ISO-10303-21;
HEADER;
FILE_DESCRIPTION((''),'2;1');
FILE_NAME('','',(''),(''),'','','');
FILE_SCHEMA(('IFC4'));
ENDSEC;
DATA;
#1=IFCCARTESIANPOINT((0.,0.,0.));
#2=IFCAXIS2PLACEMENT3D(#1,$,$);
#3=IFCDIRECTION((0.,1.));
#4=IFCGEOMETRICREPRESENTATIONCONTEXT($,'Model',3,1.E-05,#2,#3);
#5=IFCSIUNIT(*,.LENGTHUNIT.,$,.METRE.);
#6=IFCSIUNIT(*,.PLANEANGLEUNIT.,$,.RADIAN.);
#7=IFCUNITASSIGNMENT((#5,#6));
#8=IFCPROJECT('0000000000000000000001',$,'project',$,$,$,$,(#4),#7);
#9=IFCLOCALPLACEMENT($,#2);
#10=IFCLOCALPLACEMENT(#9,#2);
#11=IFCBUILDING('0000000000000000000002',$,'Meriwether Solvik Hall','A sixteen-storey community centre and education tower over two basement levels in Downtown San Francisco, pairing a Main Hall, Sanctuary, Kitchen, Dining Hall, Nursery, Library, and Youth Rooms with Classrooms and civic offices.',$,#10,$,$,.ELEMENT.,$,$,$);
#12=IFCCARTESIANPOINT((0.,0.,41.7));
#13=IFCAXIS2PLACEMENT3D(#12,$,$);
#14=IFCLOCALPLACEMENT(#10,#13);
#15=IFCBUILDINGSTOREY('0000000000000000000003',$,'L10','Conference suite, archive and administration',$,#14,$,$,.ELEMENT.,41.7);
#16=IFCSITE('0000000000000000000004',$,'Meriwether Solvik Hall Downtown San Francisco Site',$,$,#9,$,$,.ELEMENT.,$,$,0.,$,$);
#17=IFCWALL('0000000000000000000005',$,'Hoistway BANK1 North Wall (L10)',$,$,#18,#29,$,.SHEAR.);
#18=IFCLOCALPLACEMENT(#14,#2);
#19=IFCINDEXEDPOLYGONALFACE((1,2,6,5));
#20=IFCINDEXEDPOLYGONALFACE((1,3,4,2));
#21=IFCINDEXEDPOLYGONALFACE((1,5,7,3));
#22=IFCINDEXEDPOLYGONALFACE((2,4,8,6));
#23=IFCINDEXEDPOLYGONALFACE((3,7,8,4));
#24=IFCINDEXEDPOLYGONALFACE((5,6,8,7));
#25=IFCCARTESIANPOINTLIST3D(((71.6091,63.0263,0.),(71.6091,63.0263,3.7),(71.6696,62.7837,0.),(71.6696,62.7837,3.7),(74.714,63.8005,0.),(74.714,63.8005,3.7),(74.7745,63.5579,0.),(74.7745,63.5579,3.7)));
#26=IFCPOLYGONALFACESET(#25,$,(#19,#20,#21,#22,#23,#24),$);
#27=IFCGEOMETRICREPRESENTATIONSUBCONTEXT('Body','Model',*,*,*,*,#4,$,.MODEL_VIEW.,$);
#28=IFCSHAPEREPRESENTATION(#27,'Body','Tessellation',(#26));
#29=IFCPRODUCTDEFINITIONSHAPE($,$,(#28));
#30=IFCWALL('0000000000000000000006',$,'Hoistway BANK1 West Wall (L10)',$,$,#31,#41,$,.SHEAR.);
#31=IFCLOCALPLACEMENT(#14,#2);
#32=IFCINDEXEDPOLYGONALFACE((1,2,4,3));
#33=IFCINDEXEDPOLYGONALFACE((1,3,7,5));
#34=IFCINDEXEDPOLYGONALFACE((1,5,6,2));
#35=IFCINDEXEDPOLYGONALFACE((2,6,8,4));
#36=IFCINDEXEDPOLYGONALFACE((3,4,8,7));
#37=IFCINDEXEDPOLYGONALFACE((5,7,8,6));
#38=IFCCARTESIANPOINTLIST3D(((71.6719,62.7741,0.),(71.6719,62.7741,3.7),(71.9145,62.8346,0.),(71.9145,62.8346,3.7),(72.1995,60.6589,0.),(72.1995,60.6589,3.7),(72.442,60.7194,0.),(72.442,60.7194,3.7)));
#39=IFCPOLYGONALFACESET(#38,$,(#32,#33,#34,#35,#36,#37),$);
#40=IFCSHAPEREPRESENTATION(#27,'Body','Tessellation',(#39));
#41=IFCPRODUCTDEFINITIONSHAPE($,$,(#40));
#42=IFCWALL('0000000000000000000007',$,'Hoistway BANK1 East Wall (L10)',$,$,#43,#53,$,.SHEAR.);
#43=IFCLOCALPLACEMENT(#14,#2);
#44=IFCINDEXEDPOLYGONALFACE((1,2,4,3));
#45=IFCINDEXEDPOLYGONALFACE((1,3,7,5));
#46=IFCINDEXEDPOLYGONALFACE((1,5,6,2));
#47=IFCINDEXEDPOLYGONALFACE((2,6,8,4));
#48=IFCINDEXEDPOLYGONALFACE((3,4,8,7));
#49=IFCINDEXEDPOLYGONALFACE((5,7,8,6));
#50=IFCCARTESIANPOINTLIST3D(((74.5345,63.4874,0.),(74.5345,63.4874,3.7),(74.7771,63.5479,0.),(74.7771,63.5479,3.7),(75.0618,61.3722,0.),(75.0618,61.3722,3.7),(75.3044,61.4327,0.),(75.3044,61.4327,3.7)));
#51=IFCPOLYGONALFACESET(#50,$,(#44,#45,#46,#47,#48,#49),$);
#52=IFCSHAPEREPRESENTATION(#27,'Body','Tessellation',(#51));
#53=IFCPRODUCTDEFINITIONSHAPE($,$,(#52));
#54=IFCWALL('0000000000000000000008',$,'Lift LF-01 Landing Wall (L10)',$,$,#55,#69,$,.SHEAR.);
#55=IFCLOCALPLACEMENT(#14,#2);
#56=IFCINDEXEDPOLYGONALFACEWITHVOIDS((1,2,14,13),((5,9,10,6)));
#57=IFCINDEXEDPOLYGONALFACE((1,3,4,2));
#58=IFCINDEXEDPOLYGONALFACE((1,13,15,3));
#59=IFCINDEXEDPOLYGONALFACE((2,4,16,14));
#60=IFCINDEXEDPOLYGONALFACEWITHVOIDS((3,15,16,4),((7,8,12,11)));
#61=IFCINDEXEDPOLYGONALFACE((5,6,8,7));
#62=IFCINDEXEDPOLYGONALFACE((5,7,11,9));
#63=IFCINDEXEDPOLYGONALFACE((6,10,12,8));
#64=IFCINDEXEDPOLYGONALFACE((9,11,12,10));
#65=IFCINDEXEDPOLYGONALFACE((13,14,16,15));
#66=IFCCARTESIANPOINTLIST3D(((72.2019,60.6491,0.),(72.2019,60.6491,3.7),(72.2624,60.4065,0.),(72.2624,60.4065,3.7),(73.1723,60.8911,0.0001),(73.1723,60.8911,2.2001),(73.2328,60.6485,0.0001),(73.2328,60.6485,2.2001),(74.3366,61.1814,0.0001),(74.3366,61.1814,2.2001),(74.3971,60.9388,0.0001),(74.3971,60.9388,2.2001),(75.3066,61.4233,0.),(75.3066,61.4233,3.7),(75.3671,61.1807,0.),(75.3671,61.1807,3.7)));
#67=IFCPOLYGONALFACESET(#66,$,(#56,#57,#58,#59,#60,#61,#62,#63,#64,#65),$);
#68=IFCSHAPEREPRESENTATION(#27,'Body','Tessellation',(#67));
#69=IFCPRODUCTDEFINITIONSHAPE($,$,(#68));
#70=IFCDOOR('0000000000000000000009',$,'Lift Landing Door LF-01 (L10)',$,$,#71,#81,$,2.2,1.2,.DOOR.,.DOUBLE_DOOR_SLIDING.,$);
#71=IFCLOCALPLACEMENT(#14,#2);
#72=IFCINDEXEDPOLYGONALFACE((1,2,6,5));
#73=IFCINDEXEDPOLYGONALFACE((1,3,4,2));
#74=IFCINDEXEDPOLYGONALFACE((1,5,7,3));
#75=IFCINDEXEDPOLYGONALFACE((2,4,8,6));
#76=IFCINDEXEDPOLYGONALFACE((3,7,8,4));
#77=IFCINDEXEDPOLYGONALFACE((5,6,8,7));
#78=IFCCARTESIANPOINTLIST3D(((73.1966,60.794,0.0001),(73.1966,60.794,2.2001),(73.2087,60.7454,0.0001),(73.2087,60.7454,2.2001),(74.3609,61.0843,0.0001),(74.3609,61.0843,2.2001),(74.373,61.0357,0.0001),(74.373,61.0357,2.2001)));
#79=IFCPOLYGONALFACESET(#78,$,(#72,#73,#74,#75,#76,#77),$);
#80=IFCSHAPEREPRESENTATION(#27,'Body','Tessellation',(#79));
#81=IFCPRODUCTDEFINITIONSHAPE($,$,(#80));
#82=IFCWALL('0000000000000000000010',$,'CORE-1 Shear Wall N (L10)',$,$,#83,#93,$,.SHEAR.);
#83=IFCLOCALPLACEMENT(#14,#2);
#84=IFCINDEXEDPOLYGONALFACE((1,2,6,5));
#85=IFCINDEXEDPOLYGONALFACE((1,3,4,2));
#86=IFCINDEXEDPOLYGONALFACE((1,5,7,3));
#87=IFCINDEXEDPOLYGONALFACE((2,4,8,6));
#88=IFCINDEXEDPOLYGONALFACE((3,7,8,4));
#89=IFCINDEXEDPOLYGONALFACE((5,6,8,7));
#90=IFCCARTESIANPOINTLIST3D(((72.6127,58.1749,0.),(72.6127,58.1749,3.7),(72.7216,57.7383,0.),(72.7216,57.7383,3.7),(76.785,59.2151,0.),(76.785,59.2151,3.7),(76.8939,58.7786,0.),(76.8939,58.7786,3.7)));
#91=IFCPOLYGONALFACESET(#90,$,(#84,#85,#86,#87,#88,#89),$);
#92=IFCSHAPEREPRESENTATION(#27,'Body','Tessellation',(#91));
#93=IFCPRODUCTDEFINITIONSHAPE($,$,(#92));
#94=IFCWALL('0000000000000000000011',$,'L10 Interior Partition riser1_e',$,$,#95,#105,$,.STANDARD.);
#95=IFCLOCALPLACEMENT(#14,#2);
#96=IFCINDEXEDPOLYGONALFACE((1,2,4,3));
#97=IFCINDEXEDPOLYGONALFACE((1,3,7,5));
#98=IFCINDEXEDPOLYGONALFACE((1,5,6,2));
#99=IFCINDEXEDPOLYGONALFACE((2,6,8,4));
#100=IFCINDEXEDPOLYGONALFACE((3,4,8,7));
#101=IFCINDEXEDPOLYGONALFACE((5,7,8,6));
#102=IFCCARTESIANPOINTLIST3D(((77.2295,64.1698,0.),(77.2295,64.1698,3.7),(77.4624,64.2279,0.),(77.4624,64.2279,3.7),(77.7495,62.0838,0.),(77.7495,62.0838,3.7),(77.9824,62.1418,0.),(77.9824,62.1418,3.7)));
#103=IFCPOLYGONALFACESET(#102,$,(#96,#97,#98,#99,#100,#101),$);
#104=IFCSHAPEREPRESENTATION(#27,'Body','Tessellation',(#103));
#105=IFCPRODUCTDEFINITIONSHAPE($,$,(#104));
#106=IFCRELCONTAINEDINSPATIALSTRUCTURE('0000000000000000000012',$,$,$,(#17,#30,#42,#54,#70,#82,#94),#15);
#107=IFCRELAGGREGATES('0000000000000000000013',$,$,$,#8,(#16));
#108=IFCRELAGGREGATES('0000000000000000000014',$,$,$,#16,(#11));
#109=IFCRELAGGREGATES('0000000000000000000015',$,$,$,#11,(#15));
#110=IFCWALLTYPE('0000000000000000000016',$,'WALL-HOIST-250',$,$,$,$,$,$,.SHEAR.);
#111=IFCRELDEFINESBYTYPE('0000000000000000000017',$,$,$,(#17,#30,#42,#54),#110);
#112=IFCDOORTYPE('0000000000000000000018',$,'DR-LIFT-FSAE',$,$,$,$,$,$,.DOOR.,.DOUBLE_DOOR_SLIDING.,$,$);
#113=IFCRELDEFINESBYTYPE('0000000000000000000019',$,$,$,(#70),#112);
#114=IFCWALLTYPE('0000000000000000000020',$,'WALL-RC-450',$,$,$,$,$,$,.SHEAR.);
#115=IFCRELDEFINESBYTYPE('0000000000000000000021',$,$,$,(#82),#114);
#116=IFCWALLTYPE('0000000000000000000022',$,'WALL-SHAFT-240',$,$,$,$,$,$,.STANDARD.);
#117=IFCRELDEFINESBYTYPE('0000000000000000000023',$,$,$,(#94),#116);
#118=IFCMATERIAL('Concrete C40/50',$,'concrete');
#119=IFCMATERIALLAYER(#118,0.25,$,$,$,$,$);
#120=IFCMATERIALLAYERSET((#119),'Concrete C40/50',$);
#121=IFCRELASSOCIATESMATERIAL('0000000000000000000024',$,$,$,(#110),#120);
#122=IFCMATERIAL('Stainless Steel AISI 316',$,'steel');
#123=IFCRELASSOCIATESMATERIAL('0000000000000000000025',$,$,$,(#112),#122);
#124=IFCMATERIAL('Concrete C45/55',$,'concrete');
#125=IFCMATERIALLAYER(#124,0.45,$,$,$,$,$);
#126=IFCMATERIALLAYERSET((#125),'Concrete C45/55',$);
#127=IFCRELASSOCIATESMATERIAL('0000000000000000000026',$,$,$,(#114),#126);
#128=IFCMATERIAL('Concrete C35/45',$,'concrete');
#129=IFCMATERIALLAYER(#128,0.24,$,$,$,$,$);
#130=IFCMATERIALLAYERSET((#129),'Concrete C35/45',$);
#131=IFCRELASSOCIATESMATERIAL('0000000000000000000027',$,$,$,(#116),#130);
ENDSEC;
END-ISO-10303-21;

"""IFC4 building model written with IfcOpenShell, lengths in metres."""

from ifc_helpers import new_model, si_unit, direction, frame, frame_2d, origin, place, context, subcontext, project, spatial, rectangle, extrude, material, layer, layer_set, type_object, element, fill, save


model = new_model("IFC4")

# Units and contexts
model_context = context("Model", 3, precision=1e-05, world=origin(), true_north=direction((0.0, 1.0)))
body_context = subcontext(model_context, "Body", "Model", "MODEL_VIEW")
ifc_project = project(units=[si_unit("LENGTHUNIT", "METRE"), si_unit("PLANEANGLEUNIT", "RADIAN")], contexts=[model_context])

# Site, building, storey
site_placement = place(None, origin())
site = spatial("IfcSite", under=ifc_project, at=site_placement, Name="Meriwether Solvik Hall Downtown San Francisco Site", CompositionType="ELEMENT", RefElevation=0.0)
building_placement = place(site_placement, origin())
building = spatial("IfcBuilding", under=site, at=building_placement, Name="Meriwether Solvik Hall", Description="A sixteen-storey community centre and education tower over two basement levels in Downtown San Francisco, pairing a Main Hall, Sanctuary, Kitchen, Dining Hall, Nursery, Library, and Youth Rooms with Classrooms and civic offices.", CompositionType="ELEMENT")
storey_placement = place(building_placement, frame((0.0, 0.0, 41.7)))
storey = spatial("IfcBuildingStorey", under=building, at=storey_placement, Name="L10", Description="Conference suite, archive and administration", CompositionType="ELEMENT", Elevation=41.7)

# Walls
ifc_material_1 = material(Name="Concrete C40/50", Category="concrete")
ifc_layer_1 = layer(ifc_material_1, 0.25)
ifc_layer_set_1 = layer_set([ifc_layer_1], Name="Concrete C40/50")
wall_type_1 = type_object("IfcWallType", Name="WALL-HOIST-250", PredefinedType="SHEAR", material=ifc_layer_set_1)
wall_1_placement = place(storey_placement, frame((74.7444, 63.6792, 0.0), z_axis=(0.0, 0.0, 1.0), x_axis=(-0.970295, -0.241925, 0.0)))
element("IfcWall", 1, at=wall_1_placement, inside=storey, type_object=wall_type_1, Name="Hoistway BANK1 North Wall (L10)", PredefinedType="SHEAR", context=body_context, shape_type="SweptSolid", body=[
    extrude(rectangle(XDim=3.2, YDim=0.25, at=frame_2d((1.6001, 0.0))), origin(), (0.0, 0.0, 1.0), 3.7),
])
for number, where, z_axis, x_axis, name in (
    (2, (71.7932, 62.8042, 0.0), (0.0, 0.0, 1.0), (0.242009, -0.970274, 0.0), "Hoistway BANK1 West Wall (L10)"),
    (3, (75.1831, 61.4026, 0.0), (0.0, 0.0, 1.0), (-0.241903, 0.9703, 0.0), "Hoistway BANK1 East Wall (L10)"),
):
    element("IfcWall", number, at=place(storey_placement, frame(where, z_axis=z_axis, x_axis=x_axis)), inside=storey, type_object=wall_type_1, Name=name, PredefinedType="SHEAR", context=body_context, shape_type="SweptSolid", body=[
        extrude(rectangle(XDim=2.1799, YDim=0.25, at=frame_2d((1.0898, 0.0))), origin(), (0.0, 0.0, 1.0), 3.7),
    ])

# Wall, opening, door
wall_2_placement = place(storey_placement, frame((72.2322, 60.5278, 0.0), z_axis=(0.0, 0.0, 1.0), x_axis=(0.97029, 0.241943, 0.0)))
wall_2 = element("IfcWall", 4, at=wall_2_placement, inside=storey, type_object=wall_type_1, Name="Lift LF-01 Landing Wall (L10)", PredefinedType="SHEAR", context=body_context, shape_type="SweptSolid", body=[
    extrude(rectangle(XDim=3.1997, YDim=0.25, at=frame_2d((1.5999, 0.0))), origin(), (0.0, 0.0, 1.0), 3.7),
])
opening_1_placement = place(wall_2_placement, frame((1.0, 0.0, 0.0)))
opening_1 = element("IfcOpeningElement", 5, at=opening_1_placement, cuts=wall_2, PredefinedType="OPENING", context=body_context, shape_type="SweptSolid", body=[
    extrude(rectangle(XDim=1.2, YDim=2.2, at=frame_2d((0.6001, 1.1001))), frame((0.0, 0.137, 0.0), z_axis=(0.0, -1.0, 0.0), x_axis=(1.0, 0.0, 0.0)), (0.0, 0.0, 1.0), 0.2739),
])
ifc_material_2 = material(Name="Stainless Steel AISI 316", Category="steel")
door_type_1 = type_object("IfcDoorType", Name="DR-LIFT-FSAE", OperationType="DOUBLE_DOOR_SLIDING", PredefinedType="DOOR", material=ifc_material_2)
door_1_placement = place(opening_1_placement, origin())
door_1 = element("IfcDoor", 6, at=door_1_placement, inside=storey, type_object=door_type_1, Name="Lift Landing Door LF-01 (L10)", OperationType="DOUBLE_DOOR_SLIDING", OverallHeight=2.2, OverallWidth=1.2, PredefinedType="DOOR", context=body_context, shape_type="SweptSolid", body=[
    extrude(rectangle(XDim=1.2, YDim=2.2, at=frame_2d((0.6001, 1.1001))), frame((0.0, 0.0249, 0.0), z_axis=(0.0, -1.0, 0.0), x_axis=(1.0, 0.0, 0.0)), (0.0, 0.0, 1.0), 0.05),
])
fill(opening_1, door_1)

# Walls
ifc_material_3 = material(Name="Concrete C45/55", Category="concrete")
ifc_layer_2 = layer(ifc_material_3, 0.45)
ifc_layer_set_2 = layer_set([ifc_layer_2], Name="Concrete C45/55")
wall_type_2 = type_object("IfcWallType", Name="WALL-RC-450", PredefinedType="SHEAR", material=ifc_layer_set_2)
wall_3_placement = place(storey_placement, frame((76.8394, 58.9968, 0.0), z_axis=(0.0, 0.0, 1.0), x_axis=(-0.970296, -0.241921, 0.0)))
element("IfcWall", 7, at=wall_3_placement, inside=storey, type_object=wall_type_2, Name="CORE-1 Shear Wall N (L10)", PredefinedType="SHEAR", context=body_context, shape_type="SweptSolid", body=[
    extrude(rectangle(XDim=4.3, YDim=0.45, at=frame_2d((2.1499, 0.0))), origin(), (0.0, 0.0, 1.0), 3.7),
])
ifc_material_4 = material(Name="Concrete C35/45", Category="concrete")
ifc_layer_3 = layer(ifc_material_4, 0.24)
ifc_layer_set_3 = layer_set([ifc_layer_3], Name="Concrete C35/45")
wall_type_3 = type_object("IfcWallType", Name="WALL-SHAFT-240", PredefinedType="STANDARD", material=ifc_layer_set_3)
wall_4_placement = place(storey_placement, frame((77.866, 62.1128, 0.0), z_axis=(0.0, 0.0, 1.0), x_axis=(-0.241868, 0.970309, 0.0)))
element("IfcWall", 8, at=wall_4_placement, inside=storey, type_object=wall_type_3, Name="L10 Interior Partition riser1_e", PredefinedType="STANDARD", context=body_context, shape_type="SweptSolid", body=[
    extrude(rectangle(XDim=2.1499, YDim=0.24, at=frame_2d((1.075, 0.0))), origin(), (0.0, 0.0, 1.0), 3.7),
])

save(model, "model.ifc")
